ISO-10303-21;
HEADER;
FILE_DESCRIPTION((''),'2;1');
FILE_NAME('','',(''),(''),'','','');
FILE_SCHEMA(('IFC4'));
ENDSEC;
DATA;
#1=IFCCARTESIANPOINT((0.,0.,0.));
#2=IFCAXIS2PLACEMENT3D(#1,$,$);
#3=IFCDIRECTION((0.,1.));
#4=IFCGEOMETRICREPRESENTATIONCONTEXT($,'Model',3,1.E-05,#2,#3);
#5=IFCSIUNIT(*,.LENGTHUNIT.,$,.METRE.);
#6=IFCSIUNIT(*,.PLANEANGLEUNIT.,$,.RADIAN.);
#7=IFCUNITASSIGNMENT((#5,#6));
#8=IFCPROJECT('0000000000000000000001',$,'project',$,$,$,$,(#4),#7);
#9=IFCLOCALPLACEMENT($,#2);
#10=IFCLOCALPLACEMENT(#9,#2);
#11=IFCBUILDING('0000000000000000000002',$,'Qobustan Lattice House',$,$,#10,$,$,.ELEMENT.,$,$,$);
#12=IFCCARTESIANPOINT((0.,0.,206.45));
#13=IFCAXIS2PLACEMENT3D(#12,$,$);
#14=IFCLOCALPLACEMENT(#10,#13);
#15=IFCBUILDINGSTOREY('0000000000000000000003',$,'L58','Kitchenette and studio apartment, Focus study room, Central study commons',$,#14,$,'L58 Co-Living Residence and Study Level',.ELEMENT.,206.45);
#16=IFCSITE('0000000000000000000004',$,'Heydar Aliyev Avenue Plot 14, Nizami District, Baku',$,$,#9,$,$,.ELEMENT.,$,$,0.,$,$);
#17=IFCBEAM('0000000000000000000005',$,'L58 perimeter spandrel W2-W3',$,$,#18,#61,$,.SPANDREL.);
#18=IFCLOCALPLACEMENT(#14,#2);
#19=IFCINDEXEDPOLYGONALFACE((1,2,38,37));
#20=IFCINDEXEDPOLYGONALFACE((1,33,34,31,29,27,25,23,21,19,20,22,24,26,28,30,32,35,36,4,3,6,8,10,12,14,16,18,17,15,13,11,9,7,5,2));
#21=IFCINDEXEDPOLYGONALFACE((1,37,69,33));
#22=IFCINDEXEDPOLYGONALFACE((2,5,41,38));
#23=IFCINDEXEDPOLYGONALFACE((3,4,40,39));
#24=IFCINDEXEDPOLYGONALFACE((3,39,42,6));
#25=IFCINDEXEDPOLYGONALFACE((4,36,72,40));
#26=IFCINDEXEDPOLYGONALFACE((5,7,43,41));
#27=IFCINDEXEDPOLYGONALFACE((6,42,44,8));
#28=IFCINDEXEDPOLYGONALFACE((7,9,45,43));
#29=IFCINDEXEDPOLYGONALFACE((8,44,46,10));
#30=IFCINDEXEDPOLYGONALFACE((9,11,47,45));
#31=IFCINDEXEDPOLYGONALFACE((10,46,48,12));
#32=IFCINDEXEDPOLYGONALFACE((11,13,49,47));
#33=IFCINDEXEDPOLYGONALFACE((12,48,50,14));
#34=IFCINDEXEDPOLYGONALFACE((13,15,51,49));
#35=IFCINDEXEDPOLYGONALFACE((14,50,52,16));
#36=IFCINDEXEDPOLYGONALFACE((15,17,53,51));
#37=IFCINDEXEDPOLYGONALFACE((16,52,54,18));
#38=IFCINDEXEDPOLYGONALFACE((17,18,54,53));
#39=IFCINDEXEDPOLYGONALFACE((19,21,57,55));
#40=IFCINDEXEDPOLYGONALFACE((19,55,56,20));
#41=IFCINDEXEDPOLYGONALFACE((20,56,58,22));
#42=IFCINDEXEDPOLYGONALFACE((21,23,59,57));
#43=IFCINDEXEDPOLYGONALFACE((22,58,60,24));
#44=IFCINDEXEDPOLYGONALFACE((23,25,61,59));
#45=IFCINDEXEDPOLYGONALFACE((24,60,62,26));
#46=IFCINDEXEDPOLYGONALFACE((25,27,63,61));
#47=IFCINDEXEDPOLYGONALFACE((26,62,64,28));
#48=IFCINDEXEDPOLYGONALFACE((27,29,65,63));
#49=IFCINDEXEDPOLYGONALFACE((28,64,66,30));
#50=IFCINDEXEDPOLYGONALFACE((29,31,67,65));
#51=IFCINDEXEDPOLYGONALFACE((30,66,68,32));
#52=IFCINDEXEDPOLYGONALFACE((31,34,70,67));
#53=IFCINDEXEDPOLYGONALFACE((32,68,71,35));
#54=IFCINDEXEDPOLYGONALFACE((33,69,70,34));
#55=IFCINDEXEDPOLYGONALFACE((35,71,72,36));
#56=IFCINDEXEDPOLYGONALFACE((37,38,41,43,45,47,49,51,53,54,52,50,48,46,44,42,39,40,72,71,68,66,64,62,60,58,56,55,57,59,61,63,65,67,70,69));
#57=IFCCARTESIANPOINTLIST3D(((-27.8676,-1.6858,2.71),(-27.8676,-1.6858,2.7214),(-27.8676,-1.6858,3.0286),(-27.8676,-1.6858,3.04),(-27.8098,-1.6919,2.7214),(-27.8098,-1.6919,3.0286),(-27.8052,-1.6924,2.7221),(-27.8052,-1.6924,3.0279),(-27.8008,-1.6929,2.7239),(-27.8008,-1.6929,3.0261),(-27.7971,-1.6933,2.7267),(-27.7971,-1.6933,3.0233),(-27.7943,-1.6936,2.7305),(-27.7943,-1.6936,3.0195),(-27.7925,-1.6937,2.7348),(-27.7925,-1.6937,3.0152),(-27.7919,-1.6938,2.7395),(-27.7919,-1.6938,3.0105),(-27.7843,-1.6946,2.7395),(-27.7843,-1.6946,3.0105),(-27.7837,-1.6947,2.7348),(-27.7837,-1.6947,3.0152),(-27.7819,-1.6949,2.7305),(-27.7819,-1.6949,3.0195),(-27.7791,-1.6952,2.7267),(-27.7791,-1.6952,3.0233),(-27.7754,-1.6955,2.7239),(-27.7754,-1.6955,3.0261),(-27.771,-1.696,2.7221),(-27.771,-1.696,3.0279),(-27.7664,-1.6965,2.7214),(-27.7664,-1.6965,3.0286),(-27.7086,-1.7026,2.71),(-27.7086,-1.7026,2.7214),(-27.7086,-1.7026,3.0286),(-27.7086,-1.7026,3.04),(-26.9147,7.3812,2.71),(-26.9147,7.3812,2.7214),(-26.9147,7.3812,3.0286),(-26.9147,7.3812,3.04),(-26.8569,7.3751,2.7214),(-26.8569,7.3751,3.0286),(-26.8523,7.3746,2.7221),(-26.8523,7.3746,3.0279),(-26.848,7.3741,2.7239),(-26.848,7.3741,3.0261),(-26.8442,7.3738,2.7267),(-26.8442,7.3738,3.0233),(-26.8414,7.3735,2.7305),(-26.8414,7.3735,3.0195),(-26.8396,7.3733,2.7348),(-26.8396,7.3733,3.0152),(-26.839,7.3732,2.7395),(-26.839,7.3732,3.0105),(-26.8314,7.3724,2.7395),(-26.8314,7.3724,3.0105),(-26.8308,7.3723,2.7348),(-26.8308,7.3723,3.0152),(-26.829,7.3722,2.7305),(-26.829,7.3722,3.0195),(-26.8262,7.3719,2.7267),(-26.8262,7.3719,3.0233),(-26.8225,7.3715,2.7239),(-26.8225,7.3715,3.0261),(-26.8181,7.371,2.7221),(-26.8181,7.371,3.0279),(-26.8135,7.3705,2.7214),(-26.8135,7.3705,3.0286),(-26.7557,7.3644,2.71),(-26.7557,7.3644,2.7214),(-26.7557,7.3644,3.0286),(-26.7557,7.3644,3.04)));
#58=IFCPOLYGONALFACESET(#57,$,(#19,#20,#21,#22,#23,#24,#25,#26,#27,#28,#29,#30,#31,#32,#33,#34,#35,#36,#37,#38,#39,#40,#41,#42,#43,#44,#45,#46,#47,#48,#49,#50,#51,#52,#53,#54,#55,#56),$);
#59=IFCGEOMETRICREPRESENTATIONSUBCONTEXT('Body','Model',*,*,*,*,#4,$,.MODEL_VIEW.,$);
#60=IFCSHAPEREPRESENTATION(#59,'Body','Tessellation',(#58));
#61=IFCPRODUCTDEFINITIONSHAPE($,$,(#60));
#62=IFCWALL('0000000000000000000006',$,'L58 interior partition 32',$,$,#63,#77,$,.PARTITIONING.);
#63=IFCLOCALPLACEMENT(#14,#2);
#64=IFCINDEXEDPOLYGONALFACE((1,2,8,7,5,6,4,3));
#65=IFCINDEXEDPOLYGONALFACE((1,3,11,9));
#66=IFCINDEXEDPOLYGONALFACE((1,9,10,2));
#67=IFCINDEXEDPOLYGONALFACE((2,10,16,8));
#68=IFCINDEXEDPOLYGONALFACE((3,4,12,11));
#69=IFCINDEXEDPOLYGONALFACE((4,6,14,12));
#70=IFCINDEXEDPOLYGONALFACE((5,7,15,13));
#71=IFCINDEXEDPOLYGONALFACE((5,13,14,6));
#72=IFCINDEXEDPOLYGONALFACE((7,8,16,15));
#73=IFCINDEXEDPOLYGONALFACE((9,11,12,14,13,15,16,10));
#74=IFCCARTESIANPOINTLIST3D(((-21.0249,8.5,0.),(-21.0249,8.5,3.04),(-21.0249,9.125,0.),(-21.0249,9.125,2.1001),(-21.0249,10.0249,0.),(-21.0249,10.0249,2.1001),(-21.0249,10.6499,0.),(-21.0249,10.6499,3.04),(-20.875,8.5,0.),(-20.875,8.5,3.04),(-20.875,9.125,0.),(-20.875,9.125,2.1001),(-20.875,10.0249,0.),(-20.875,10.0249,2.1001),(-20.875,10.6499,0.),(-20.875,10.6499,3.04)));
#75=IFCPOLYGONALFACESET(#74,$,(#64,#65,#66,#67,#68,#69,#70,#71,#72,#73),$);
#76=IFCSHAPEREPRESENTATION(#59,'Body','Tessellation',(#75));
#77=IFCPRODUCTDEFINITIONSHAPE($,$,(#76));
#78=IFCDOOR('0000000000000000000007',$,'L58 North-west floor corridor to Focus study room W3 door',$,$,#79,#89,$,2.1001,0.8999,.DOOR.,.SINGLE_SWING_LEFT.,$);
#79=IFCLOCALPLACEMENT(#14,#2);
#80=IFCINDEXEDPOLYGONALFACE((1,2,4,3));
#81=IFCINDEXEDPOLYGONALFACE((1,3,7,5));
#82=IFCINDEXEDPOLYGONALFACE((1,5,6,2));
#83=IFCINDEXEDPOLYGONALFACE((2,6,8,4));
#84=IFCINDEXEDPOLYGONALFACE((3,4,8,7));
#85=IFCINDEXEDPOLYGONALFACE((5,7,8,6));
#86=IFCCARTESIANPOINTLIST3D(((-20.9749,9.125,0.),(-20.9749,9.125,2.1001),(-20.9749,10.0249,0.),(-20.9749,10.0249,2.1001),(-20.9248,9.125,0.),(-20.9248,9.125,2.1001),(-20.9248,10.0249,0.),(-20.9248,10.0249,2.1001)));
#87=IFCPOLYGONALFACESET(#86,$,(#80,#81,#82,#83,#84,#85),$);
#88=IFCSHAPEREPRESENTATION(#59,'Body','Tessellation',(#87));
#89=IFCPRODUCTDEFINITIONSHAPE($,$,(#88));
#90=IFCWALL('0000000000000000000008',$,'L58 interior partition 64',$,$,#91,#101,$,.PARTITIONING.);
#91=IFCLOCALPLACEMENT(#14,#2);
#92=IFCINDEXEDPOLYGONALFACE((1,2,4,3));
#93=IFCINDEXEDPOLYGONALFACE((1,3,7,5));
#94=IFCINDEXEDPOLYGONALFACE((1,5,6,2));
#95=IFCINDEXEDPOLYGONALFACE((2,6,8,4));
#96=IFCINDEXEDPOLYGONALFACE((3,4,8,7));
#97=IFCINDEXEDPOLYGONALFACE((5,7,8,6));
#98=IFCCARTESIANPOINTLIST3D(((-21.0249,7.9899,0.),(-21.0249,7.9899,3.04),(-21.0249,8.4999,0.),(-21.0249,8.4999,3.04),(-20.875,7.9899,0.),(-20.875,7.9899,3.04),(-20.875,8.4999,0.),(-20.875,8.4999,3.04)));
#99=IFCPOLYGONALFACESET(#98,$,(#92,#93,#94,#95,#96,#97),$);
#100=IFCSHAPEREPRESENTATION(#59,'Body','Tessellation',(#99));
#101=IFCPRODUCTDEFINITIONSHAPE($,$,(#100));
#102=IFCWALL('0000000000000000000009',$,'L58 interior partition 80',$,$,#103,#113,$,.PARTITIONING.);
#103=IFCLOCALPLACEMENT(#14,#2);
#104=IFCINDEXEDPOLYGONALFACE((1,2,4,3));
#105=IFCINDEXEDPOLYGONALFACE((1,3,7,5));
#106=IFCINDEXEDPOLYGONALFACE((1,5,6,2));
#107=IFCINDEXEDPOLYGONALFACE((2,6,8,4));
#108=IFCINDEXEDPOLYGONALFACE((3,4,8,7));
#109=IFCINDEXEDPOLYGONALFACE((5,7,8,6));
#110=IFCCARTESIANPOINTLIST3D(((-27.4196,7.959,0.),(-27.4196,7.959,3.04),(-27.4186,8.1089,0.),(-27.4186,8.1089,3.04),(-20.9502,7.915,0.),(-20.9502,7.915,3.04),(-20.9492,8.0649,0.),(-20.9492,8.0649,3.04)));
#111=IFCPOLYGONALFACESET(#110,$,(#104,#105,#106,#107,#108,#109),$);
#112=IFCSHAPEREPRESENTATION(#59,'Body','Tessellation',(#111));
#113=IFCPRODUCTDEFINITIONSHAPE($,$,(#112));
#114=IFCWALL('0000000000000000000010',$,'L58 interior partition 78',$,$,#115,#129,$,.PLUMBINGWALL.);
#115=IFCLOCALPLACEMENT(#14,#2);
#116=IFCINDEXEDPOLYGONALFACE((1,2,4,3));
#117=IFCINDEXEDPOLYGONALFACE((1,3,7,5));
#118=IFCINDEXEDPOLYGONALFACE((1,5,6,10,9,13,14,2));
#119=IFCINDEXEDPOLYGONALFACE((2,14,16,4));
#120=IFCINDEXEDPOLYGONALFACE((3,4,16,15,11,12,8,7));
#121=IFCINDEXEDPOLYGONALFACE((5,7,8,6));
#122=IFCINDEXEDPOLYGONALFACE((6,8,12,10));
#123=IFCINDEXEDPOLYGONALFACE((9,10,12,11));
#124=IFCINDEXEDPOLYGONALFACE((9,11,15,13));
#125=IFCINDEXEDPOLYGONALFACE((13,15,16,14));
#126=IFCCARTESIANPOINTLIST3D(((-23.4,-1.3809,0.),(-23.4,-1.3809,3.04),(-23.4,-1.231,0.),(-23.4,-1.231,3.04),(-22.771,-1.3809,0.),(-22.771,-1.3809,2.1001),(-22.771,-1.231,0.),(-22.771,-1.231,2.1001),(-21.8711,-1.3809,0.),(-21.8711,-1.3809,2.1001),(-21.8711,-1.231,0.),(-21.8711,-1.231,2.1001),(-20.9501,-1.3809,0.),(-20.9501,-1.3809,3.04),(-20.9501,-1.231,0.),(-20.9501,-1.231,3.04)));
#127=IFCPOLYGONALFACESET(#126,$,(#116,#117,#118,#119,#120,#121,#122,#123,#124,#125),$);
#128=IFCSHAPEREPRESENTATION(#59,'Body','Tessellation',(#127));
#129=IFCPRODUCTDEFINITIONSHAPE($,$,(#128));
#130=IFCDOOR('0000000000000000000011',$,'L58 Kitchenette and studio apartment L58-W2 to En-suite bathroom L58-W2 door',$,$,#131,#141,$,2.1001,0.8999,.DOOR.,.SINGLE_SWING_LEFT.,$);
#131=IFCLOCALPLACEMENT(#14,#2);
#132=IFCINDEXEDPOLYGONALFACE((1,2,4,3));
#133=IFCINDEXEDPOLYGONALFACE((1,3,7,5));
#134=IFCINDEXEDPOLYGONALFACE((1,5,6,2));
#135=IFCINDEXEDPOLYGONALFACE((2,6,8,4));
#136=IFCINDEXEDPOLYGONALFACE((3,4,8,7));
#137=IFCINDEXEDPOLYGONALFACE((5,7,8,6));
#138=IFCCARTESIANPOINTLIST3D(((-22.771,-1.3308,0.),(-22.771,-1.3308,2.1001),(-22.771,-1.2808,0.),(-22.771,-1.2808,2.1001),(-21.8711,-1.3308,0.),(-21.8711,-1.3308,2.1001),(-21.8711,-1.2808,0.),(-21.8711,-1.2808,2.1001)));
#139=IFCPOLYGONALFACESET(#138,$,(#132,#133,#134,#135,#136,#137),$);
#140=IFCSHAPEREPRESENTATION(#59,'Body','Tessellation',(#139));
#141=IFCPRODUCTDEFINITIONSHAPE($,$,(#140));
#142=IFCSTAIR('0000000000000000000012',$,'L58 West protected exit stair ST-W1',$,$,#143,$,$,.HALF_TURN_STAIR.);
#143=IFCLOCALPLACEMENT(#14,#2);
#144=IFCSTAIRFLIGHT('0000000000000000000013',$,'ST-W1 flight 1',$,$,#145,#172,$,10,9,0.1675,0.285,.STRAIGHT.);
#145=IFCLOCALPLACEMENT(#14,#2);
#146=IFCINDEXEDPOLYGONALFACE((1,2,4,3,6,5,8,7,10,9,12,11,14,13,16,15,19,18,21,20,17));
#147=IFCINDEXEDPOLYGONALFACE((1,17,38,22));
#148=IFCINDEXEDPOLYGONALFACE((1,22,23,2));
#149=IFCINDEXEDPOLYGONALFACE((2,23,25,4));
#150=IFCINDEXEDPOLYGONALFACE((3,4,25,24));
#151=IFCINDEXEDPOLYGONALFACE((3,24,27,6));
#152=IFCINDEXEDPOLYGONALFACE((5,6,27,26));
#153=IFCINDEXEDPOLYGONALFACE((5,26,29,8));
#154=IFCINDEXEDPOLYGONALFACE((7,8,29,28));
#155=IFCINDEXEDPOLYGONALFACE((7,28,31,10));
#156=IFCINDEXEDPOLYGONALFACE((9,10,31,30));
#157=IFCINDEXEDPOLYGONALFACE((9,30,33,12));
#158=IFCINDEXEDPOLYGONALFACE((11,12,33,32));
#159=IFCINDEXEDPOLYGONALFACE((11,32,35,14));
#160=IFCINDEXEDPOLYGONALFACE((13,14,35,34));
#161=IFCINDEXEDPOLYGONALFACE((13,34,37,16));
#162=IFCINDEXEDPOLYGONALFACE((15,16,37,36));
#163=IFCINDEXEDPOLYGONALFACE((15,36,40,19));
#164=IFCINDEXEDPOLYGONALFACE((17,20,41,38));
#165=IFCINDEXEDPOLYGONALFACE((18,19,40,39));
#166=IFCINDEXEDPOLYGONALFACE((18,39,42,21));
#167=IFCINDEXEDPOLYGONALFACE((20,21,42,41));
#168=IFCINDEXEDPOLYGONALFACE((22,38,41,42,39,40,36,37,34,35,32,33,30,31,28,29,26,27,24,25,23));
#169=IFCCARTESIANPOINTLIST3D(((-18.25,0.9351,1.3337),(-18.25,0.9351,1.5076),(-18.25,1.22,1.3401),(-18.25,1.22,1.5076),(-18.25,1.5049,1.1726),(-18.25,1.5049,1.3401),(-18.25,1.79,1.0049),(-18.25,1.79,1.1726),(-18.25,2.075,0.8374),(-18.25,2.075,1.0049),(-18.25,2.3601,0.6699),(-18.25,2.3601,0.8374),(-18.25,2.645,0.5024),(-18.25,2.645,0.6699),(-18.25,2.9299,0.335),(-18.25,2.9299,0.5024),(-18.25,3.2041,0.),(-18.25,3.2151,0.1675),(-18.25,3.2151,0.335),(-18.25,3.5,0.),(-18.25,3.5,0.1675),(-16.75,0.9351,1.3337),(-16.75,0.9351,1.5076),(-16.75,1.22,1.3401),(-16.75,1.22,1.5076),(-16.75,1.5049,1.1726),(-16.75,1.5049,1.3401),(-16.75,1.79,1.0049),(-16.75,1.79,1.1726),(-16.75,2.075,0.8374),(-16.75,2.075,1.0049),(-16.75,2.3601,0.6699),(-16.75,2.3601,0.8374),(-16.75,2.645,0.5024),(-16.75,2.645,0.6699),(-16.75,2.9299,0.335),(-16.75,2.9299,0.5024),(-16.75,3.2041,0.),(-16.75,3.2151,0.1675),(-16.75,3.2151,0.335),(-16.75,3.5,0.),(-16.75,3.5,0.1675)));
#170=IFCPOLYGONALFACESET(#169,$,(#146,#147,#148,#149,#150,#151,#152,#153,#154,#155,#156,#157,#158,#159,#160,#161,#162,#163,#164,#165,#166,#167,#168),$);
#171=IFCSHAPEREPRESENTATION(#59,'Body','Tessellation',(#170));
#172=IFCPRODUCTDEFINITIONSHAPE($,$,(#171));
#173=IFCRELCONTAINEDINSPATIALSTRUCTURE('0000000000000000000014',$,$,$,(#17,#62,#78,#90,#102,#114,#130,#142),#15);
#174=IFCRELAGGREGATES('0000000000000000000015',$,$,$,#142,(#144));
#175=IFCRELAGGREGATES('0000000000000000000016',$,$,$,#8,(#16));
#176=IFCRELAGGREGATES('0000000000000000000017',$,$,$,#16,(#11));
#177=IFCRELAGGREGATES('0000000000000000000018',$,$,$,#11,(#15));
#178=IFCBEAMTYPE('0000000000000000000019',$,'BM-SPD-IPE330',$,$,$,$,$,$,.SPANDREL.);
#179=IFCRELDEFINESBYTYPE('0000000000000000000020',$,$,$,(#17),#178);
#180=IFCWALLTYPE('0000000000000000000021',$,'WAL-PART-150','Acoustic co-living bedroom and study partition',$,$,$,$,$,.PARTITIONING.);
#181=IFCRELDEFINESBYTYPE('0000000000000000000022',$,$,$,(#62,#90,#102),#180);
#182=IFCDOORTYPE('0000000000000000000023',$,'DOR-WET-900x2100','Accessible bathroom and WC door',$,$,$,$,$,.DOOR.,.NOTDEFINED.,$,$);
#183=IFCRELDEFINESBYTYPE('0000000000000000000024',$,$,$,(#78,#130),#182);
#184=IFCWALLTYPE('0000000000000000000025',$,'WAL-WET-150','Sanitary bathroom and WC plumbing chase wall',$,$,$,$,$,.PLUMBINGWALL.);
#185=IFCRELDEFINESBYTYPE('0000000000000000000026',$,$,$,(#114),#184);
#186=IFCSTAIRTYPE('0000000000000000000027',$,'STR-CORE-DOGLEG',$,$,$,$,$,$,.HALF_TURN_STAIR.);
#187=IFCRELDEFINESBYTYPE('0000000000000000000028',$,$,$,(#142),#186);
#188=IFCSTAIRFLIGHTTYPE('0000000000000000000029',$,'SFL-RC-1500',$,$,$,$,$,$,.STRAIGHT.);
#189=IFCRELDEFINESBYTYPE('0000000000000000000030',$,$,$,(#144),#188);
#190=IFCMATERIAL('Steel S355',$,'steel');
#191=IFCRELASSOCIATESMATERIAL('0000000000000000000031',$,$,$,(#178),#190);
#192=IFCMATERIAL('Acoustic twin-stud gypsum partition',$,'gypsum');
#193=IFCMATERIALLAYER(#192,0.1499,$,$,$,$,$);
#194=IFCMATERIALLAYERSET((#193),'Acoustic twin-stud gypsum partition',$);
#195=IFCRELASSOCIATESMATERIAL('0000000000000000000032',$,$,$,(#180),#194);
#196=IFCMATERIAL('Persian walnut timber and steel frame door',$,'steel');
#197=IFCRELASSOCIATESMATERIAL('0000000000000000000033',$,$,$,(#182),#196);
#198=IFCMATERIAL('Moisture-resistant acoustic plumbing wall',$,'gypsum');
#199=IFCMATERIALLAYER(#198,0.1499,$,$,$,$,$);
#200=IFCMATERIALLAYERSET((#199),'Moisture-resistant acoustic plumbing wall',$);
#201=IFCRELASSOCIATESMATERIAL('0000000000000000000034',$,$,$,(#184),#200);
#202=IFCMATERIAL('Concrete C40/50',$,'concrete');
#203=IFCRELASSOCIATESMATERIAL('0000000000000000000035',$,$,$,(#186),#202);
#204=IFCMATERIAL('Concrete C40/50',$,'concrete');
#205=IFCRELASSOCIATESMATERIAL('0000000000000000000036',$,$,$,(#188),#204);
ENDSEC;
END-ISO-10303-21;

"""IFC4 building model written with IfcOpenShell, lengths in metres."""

from ifc_helpers import new_model, si_unit, direction, frame, frame_2d, origin, origin_2d, place, context, subcontext, project, spatial, polyline, rectangle, i_section, outline, extrude, material, layer, layer_set, material_profile, profile_set, type_object, element, fill, aggregate, save


model = new_model("IFC4")

# Units and contexts
model_context = context("Model", 3, precision=1e-05, world=origin(), true_north=direction((0.0, 1.0)))
body_context = subcontext(model_context, "Body", "Model", "MODEL_VIEW")
ifc_project = project(units=[si_unit("LENGTHUNIT", "METRE"), si_unit("PLANEANGLEUNIT", "RADIAN")], contexts=[model_context])

# Site, building, storey
site_placement = place(None, origin())
site = spatial("IfcSite", under=ifc_project, at=site_placement, Name="Heydar Aliyev Avenue Plot 14, Nizami District, Baku", CompositionType="ELEMENT", RefElevation=0.0)
building_placement = place(site_placement, origin())
building = spatial("IfcBuilding", under=site, at=building_placement, Name="Qobustan Lattice House", CompositionType="ELEMENT")
storey_placement = place(building_placement, frame((0.0, 0.0, 206.45)))
storey = spatial("IfcBuildingStorey", under=building, at=storey_placement, Name="L58", Description="Kitchenette and studio apartment, Focus study room, Central study commons", LongName="L58 Co-Living Residence and Study Level", CompositionType="ELEMENT", Elevation=206.45)

# Beam
ifc_material_1 = material(Name="Steel S355", Category="steel")
ifc_material_profile_1 = material_profile(ifc_material_1, i_section(OverallWidth=0.1599, OverallDepth=0.3301, WebThickness=0.0076, FlangeThickness=0.0115, FilletRadius=0.0181, at=origin_2d()), Name="IPE330")
ifc_profile_set_1 = profile_set([ifc_material_profile_1], Name="Steel S355")
beam_type_1 = type_object("IfcBeamType", Name="BM-SPD-IPE330", PredefinedType="SPANDREL", material=ifc_profile_set_1)
beam_1_placement = place(storey_placement, frame((-26.8352, 7.3728, 2.875), z_axis=(-0.104519, -0.994523, 0.0), x_axis=(0.994523, -0.104519, 0.0)))
element("IfcBeam", 1, at=beam_1_placement, inside=storey, type_object=beam_type_1, Name="L58 perimeter spandrel W2-W3", PredefinedType="SPANDREL", context=body_context, shape_type="SweptSolid", body=[
    extrude(i_section(OverallWidth=0.1599, OverallDepth=0.3301, WebThickness=0.0076, FlangeThickness=0.0115, FilletRadius=0.0181, at=origin_2d()), origin(), (0.0, 0.0, 1.0), 9.1169),
])

# Wall, opening, door
ifc_material_2 = material(Name="Acoustic twin-stud gypsum partition", Category="gypsum")
ifc_layer_1 = layer(ifc_material_2, 0.1499)
ifc_layer_set_1 = layer_set([ifc_layer_1], Name="Acoustic twin-stud gypsum partition")
wall_type_1 = type_object("IfcWallType", Name="WAL-PART-150", Description="Acoustic co-living bedroom and study partition", PredefinedType="PARTITIONING", material=ifc_layer_set_1)
wall_1_placement = place(storey_placement, frame((-20.95, 8.5, 0.0), z_axis=(0.0, 0.0, 1.0), x_axis=(0.0, 1.0, 0.0)))
wall_1 = element("IfcWall", 2, at=wall_1_placement, inside=storey, type_object=wall_type_1, Name="L58 interior partition 32", PredefinedType="PARTITIONING", context=body_context, shape_type="SweptSolid", body=[
    extrude(rectangle(XDim=2.1499, YDim=0.1499, at=frame_2d((1.075, 0.0))), origin(), (0.0, 0.0, 1.0), 3.04),
])
opening_1_placement = place(wall_1_placement, frame((0.625, 0.0, 0.0)))
opening_1 = element("IfcOpeningElement", 3, at=opening_1_placement, cuts=wall_1, PredefinedType="OPENING", context=body_context, shape_type="SweptSolid", body=[
    extrude(rectangle(XDim=0.8999, YDim=2.1001, at=frame_2d((0.45, 1.05))), frame((0.0, 0.085, 0.0), z_axis=(0.0, -1.0, 0.0), x_axis=(1.0, 0.0, 0.0)), (0.0, 0.0, 1.0), 0.1699),
])
ifc_material_3 = material(Name="Persian walnut timber and steel frame door", Category="steel")
door_type_1 = type_object("IfcDoorType", Name="DOR-WET-900x2100", Description="Accessible bathroom and WC door", OperationType="NOTDEFINED", PredefinedType="DOOR", material=ifc_material_3)
door_1_placement = place(opening_1_placement, origin())
door_1 = element("IfcDoor", 4, at=door_1_placement, inside=storey, type_object=door_type_1, Name="L58 North-west floor corridor to Focus study room W3 door", OperationType="SINGLE_SWING_LEFT", OverallHeight=2.1001, OverallWidth=0.8999, PredefinedType="DOOR", context=body_context, shape_type="SweptSolid", body=[
    extrude(rectangle(XDim=0.8999, YDim=2.1001, at=frame_2d((0.45, 1.05))), frame((0.0, 0.0249, 0.0), z_axis=(0.0, -1.0, 0.0), x_axis=(1.0, 0.0, 0.0)), (0.0, 0.0, 1.0), 0.05),
])
fill(opening_1, door_1)

# Walls
wall_2_placement = place(storey_placement, frame((-20.95, 7.99, 0.0), z_axis=(0.0, 0.0, 1.0), x_axis=(0.0, 1.0, 0.0)))
element("IfcWall", 5, at=wall_2_placement, inside=storey, type_object=wall_type_1, Name="L58 interior partition 64", PredefinedType="PARTITIONING", context=body_context, shape_type="SweptSolid", body=[
    extrude(rectangle(XDim=0.51, YDim=0.1499, at=frame_2d((0.2549, 0.0))), origin(), (0.0, 0.0, 1.0), 3.04),
])
wall_3_placement = place(storey_placement, frame((-27.4192, 8.0339, 0.0), z_axis=(0.0, 0.0, 1.0), x_axis=(0.999977, -0.006793, 0.0)))
element("IfcWall", 6, at=wall_3_placement, inside=storey, type_object=wall_type_1, Name="L58 interior partition 80", PredefinedType="PARTITIONING", context=body_context, shape_type="SweptSolid", body=[
    extrude(rectangle(XDim=6.4695, YDim=0.1499, at=frame_2d((3.2349, 0.0))), origin(), (0.0, 0.0, 1.0), 3.04),
])

# Wall, opening, door
ifc_material_4 = material(Name="Moisture-resistant acoustic plumbing wall", Category="gypsum")
ifc_layer_2 = layer(ifc_material_4, 0.1499)
ifc_layer_set_2 = layer_set([ifc_layer_2], Name="Moisture-resistant acoustic plumbing wall")
wall_type_2 = type_object("IfcWallType", Name="WAL-WET-150", Description="Sanitary bathroom and WC plumbing chase wall", PredefinedType="PLUMBINGWALL", material=ifc_layer_set_2)
wall_4_placement = place(storey_placement, frame((-20.95, -1.3059, 0.0), z_axis=(0.0, 0.0, 1.0), x_axis=(-1.0, 0.0, 0.0)))
wall_4 = element("IfcWall", 7, at=wall_4_placement, inside=storey, type_object=wall_type_2, Name="L58 interior partition 78", PredefinedType="PLUMBINGWALL", context=body_context, shape_type="SweptSolid", body=[
    extrude(rectangle(XDim=2.45, YDim=0.1499, at=frame_2d((1.2251, 0.0))), origin(), (0.0, 0.0, 1.0), 3.04),
])
opening_2_placement = place(wall_4_placement, frame((0.9211, 0.0, 0.0)))
opening_2 = element("IfcOpeningElement", 8, at=opening_2_placement, cuts=wall_4, PredefinedType="OPENING", context=body_context, shape_type="SweptSolid", body=[
    extrude(rectangle(XDim=0.8999, YDim=2.1001, at=frame_2d((0.45, 1.05))), frame((0.0, 0.085, 0.0), z_axis=(0.0, -1.0, 0.0), x_axis=(1.0, 0.0, 0.0)), (0.0, 0.0, 1.0), 0.1699),
])
door_2_placement = place(opening_2_placement, origin())
door_2 = element("IfcDoor", 9, at=door_2_placement, inside=storey, type_object=door_type_1, Name="L58 Kitchenette and studio apartment L58-W2 to En-suite bathroom L58-W2 door", OperationType="SINGLE_SWING_LEFT", OverallHeight=2.1001, OverallWidth=0.8999, PredefinedType="DOOR", context=body_context, shape_type="SweptSolid", body=[
    extrude(rectangle(XDim=0.8999, YDim=2.1001, at=frame_2d((0.45, 1.05))), frame((0.0, 0.0249, 0.0), z_axis=(0.0, -1.0, 0.0), x_axis=(1.0, 0.0, 0.0)), (0.0, 0.0, 1.0), 0.05),
])
fill(opening_2, door_2)

# Stair, stair flight
ifc_material_5 = material(Name="Concrete C40/50", Category="concrete")
stair_type = type_object("IfcStairType", Name="STR-CORE-DOGLEG", PredefinedType="HALF_TURN_STAIR", material=ifc_material_5)
stair_placement = place(storey_placement, origin())
stair = element("IfcStair", 10, at=stair_placement, inside=storey, type_object=stair_type, Name="L58 West protected exit stair ST-W1", PredefinedType="HALF_TURN_STAIR")
ifc_material_6 = material(Name="Concrete C40/50", Category="concrete")
stair_flight_type = type_object("IfcStairFlightType", Name="SFL-RC-1500", PredefinedType="STRAIGHT", material=ifc_material_6)
stair_flight_placement = place(storey_placement, frame((-17.5, 3.5, 0.0), z_axis=(0.0, 0.0, 1.0), x_axis=(0.0, -1.0, 0.0)))
stair_flight = element("IfcStairFlight", 11, at=stair_flight_placement, type_object=stair_flight_type, Name="ST-W1 flight 1", NumberOfRisers=10, NumberOfTreads=9, PredefinedType="STRAIGHT", RiserHeight=0.1675, TreadLength=0.285, context=body_context, shape_type="SweptSolid", body=[
    extrude(outline(polyline([(0.0, 0.0), (0.0, 0.1675), (0.2849, 0.1675), (0.2849, 0.335), (0.5701, 0.335), (0.5701, 0.5024), (0.855, 0.5024), (0.855, 0.6699), (1.1399, 0.6699), (1.1399, 0.8374), (1.425, 0.8374), (1.425, 1.0049), (1.71, 1.0049), (1.71, 1.1726), (1.9951, 1.1726), (1.9951, 1.3401), (2.28, 1.3401), (2.28, 1.5076), (2.5649, 1.5076), (2.5649, 1.675), (2.5649, 1.3337), (0.2959, 0.0), (0.0, 0.0)])), frame((0.0, 0.75, 0.0), z_axis=(0.0, -1.0, 0.0), x_axis=(1.0, 0.0, 0.0)), (0.0, 0.0, 1.0), 1.5),
])
aggregate(stair, [stair_flight])

save(model, "model.ifc")
